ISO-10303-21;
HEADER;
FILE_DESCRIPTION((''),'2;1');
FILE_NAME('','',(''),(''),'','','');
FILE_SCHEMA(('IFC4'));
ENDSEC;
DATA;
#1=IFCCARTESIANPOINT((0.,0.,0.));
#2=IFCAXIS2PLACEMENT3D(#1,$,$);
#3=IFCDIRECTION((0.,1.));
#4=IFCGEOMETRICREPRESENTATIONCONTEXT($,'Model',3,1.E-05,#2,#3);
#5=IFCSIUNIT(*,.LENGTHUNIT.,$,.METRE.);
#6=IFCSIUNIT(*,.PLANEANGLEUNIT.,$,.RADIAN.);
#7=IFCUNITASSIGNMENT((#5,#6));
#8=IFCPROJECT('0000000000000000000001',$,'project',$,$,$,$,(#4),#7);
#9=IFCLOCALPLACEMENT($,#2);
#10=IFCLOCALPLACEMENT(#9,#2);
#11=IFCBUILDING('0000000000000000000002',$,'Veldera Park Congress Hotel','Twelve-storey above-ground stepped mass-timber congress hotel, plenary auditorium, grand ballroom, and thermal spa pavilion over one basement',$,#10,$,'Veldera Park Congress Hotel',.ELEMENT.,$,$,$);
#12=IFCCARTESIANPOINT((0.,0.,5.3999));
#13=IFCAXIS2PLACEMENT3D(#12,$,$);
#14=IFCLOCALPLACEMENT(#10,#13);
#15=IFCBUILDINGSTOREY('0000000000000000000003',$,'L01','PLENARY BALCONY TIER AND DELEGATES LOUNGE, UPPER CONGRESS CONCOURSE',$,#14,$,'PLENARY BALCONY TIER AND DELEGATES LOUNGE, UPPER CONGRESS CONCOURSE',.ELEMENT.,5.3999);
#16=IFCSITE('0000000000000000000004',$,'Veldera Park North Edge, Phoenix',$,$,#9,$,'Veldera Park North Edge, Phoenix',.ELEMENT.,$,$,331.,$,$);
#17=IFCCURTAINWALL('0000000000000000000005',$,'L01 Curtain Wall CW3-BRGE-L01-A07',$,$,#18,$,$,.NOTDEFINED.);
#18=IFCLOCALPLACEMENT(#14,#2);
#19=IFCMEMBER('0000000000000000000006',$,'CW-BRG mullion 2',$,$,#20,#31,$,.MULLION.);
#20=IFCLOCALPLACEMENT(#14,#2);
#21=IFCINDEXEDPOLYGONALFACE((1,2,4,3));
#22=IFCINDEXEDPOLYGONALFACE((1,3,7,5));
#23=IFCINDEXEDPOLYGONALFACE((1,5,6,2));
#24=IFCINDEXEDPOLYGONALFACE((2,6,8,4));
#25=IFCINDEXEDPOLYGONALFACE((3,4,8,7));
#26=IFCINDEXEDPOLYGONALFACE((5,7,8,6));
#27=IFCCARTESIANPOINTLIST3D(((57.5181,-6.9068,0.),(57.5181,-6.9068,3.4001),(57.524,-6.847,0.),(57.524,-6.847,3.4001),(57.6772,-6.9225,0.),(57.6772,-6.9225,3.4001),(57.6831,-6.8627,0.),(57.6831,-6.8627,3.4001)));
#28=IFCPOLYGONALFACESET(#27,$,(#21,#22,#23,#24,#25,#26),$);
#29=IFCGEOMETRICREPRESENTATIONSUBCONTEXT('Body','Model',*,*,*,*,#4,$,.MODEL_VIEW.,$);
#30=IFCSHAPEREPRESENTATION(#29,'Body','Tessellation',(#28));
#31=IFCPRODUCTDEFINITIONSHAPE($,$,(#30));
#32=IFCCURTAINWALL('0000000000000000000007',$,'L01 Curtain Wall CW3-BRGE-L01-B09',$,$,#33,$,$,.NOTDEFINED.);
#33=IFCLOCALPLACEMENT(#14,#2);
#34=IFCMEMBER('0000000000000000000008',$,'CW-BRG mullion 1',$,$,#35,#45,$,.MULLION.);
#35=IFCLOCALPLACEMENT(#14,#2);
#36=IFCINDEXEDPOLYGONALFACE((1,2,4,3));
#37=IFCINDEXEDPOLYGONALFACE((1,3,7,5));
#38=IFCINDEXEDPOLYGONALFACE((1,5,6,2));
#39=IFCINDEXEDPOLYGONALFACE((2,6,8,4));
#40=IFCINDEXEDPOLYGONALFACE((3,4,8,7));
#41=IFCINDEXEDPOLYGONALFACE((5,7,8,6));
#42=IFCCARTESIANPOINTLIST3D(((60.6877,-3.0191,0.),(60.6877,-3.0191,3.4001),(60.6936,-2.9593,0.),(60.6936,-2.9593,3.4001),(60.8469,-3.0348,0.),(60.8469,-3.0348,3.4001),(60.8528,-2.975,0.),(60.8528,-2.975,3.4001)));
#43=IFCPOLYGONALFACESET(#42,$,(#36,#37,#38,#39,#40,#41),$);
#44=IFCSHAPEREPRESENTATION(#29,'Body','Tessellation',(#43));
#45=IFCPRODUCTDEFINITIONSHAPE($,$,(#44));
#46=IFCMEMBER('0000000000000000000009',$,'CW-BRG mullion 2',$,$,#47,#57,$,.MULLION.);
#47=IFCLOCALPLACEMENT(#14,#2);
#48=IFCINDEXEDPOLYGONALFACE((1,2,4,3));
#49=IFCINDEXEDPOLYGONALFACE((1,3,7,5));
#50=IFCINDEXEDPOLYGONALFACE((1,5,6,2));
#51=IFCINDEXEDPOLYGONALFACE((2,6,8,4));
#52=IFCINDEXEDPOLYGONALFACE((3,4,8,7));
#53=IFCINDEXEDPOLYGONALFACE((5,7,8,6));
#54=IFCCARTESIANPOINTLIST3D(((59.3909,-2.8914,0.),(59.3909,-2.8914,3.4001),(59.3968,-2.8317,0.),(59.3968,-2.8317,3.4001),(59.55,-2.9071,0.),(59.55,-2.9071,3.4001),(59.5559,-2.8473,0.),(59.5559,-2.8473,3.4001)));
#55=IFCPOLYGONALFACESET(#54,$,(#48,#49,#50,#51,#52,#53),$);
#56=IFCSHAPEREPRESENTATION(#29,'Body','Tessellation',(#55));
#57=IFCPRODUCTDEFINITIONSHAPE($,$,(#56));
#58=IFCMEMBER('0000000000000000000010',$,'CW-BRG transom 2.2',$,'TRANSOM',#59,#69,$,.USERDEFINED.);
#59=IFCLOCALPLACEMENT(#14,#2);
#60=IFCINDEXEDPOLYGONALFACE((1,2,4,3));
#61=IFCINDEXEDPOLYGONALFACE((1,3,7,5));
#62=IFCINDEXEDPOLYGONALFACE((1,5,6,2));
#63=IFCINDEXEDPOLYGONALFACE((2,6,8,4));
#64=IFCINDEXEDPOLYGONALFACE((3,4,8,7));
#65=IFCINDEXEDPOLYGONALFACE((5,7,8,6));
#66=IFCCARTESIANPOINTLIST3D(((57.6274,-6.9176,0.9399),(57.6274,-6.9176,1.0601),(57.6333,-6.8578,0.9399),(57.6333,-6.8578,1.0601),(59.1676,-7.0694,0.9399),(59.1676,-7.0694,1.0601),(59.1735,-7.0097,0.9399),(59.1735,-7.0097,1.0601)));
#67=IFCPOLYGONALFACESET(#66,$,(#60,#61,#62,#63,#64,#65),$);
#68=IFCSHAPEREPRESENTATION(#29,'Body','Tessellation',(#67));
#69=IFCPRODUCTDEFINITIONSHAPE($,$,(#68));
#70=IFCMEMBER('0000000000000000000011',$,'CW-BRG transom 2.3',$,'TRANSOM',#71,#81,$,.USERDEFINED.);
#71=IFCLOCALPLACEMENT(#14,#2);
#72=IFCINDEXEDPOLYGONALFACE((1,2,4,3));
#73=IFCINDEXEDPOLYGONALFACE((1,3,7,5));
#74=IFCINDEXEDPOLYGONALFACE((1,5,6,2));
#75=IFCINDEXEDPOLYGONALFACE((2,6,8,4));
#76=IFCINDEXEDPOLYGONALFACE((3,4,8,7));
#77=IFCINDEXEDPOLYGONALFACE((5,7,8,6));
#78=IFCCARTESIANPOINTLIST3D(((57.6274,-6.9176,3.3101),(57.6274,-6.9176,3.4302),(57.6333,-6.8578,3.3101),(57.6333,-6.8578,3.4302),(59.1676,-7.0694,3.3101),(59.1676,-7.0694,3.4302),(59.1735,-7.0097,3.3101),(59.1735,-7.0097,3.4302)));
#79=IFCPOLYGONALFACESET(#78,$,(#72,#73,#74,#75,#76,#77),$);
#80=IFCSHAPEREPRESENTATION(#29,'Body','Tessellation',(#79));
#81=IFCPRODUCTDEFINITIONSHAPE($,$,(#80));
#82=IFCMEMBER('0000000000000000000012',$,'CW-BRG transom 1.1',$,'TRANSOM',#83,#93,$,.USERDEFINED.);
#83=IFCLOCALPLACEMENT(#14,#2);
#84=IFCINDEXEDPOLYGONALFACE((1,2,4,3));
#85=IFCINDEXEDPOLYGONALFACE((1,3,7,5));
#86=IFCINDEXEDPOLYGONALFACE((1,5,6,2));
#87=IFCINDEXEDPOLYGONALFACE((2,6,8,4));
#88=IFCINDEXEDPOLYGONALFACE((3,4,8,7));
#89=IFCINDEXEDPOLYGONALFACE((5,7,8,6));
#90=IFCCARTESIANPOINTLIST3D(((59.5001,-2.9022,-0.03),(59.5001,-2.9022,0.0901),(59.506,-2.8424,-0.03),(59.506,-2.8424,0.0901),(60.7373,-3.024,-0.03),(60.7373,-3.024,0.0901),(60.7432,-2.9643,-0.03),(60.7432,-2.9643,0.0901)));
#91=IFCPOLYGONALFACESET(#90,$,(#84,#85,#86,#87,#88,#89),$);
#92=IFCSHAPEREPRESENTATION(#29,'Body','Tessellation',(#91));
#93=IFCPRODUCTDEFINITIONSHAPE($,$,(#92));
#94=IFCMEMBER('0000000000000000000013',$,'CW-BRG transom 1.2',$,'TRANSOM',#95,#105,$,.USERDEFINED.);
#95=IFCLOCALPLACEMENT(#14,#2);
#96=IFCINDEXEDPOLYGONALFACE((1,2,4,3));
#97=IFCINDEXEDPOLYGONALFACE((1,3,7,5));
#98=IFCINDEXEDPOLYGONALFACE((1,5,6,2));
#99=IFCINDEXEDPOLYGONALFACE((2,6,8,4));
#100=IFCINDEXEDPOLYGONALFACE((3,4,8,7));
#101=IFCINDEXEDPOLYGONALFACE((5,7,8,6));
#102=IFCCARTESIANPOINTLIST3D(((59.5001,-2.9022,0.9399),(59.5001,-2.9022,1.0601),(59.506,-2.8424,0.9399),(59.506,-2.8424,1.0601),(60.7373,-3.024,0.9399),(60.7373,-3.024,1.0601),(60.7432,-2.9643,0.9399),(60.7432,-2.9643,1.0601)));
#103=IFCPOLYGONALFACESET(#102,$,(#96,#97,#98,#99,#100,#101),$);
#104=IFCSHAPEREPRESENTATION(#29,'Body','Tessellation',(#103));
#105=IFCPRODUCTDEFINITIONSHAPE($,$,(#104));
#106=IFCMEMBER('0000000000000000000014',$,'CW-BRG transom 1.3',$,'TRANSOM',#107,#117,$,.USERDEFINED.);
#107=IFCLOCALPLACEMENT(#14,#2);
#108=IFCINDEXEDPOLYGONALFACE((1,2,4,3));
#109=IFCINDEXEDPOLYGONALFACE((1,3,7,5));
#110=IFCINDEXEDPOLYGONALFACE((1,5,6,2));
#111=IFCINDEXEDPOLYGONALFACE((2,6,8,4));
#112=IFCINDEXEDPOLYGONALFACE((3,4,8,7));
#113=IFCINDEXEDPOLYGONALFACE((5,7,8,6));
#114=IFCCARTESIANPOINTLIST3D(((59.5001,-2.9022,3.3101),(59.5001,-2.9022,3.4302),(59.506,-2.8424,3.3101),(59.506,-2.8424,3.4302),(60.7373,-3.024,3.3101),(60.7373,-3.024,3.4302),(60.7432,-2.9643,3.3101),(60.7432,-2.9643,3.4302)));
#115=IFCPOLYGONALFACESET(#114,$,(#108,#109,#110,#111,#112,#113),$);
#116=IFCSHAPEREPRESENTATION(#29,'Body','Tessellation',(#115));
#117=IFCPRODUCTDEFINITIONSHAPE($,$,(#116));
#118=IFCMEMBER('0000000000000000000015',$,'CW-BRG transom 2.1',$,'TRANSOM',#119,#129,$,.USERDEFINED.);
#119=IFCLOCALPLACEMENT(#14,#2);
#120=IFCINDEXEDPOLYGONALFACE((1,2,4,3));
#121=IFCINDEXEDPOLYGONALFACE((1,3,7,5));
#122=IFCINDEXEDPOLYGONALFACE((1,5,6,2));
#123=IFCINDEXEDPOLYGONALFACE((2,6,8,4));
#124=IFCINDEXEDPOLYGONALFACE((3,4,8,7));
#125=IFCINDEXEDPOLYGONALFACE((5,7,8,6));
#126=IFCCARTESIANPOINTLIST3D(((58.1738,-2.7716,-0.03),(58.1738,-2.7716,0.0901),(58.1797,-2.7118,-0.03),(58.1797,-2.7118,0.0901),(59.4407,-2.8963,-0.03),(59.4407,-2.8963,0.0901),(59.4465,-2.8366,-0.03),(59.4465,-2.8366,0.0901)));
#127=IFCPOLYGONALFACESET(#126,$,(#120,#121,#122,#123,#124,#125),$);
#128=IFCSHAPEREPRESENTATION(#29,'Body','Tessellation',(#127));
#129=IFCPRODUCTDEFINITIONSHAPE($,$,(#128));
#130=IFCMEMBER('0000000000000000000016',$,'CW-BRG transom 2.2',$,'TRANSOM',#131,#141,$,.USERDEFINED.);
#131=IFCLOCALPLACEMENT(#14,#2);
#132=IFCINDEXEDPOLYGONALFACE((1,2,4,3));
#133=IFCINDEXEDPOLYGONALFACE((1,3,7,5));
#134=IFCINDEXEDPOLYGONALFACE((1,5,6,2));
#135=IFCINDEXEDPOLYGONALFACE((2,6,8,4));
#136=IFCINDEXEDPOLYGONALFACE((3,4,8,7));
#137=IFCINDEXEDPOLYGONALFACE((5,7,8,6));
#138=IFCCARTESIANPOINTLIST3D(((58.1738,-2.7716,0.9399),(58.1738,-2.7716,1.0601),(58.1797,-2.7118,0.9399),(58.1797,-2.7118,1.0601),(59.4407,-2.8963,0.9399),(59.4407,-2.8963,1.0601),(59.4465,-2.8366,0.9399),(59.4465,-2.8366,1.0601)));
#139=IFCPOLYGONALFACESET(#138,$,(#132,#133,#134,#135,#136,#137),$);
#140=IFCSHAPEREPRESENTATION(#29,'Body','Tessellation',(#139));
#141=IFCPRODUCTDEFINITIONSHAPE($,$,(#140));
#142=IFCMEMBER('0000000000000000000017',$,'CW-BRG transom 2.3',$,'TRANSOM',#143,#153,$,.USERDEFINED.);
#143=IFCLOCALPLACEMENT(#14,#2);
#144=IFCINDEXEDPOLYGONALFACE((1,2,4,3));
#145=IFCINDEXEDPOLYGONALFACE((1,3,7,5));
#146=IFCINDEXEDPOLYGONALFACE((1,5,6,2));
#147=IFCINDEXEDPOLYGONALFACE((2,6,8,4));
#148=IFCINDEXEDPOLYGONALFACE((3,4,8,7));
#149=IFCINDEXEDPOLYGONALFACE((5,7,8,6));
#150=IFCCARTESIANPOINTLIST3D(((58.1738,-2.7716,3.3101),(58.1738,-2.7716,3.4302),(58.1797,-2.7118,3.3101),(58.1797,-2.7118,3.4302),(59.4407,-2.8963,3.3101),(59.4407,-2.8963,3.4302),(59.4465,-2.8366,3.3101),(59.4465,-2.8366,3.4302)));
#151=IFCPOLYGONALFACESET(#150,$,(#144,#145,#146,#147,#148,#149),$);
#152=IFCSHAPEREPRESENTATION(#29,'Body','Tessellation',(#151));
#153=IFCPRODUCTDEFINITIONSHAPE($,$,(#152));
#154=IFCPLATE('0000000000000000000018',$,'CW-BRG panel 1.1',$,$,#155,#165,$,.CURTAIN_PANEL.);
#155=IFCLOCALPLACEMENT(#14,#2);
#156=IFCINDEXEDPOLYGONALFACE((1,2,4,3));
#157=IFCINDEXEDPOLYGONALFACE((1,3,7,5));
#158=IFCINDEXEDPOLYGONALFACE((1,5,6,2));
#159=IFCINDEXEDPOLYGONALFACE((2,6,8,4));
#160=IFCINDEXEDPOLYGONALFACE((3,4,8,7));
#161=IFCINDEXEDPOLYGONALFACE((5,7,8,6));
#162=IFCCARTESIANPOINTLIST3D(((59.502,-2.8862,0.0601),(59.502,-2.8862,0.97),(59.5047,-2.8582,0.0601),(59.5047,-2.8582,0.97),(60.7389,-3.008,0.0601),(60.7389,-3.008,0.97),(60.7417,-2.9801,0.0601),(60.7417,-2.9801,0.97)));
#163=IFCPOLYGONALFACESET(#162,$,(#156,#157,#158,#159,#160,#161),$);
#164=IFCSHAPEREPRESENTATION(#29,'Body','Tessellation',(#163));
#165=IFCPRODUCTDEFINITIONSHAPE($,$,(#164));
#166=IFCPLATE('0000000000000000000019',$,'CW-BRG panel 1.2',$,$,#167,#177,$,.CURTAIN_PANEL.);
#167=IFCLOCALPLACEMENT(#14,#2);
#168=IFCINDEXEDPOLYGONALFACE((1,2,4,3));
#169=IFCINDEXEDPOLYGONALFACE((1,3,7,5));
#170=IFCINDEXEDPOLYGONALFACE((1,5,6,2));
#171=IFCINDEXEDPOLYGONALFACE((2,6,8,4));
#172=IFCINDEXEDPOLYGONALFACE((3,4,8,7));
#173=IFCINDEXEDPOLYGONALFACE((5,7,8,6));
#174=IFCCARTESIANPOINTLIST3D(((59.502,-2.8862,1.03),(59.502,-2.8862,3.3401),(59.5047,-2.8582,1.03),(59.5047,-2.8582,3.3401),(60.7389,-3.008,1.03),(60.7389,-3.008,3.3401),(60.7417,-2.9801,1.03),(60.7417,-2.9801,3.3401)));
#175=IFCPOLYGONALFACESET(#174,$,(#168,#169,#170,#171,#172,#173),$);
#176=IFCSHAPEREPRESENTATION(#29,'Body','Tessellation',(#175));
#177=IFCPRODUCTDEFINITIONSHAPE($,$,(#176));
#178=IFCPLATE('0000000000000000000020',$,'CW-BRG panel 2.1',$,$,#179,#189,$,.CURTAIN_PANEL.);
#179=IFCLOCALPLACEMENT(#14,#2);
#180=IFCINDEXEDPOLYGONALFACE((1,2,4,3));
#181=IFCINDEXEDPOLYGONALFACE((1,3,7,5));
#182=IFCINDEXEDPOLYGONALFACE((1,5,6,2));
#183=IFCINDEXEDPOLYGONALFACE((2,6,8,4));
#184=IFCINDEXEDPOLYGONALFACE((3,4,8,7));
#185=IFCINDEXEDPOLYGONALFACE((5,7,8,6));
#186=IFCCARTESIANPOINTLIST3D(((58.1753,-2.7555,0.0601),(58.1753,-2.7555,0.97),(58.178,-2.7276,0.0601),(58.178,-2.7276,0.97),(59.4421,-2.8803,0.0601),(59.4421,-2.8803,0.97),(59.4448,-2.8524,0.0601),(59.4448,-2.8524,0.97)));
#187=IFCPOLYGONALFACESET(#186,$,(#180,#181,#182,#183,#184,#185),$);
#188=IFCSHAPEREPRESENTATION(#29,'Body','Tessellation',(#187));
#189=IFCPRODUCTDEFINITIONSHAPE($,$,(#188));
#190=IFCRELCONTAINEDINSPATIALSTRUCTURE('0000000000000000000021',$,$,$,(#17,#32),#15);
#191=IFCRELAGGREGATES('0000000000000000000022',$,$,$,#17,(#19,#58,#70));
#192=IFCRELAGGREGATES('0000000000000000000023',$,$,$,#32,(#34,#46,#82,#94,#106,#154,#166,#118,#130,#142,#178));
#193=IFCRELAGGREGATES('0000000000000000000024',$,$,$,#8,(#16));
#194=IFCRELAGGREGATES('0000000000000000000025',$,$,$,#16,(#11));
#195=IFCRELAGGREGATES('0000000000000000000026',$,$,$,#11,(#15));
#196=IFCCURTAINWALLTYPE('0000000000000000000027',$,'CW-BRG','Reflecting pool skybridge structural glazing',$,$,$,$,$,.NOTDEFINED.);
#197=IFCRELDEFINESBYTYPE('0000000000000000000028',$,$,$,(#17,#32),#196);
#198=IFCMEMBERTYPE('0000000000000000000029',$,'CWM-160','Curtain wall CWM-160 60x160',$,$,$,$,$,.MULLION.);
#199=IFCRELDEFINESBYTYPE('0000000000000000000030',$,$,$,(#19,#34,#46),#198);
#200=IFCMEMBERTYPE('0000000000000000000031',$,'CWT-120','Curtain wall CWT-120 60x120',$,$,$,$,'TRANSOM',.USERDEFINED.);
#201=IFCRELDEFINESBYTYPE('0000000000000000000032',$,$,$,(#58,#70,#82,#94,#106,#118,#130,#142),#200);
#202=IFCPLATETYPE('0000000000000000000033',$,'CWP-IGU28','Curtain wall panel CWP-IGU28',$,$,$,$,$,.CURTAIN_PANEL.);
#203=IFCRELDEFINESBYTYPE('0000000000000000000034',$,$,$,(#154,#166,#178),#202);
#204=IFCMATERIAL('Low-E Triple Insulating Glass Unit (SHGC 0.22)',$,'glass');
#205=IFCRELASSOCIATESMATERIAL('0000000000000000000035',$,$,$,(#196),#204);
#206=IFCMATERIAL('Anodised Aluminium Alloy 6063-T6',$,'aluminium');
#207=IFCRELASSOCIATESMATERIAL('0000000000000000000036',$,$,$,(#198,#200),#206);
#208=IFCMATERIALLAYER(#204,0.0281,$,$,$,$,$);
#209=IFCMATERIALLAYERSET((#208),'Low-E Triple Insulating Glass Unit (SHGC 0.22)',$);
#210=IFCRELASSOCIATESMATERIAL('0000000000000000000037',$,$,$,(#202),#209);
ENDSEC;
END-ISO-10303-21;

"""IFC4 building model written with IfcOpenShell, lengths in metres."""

from ifc_helpers import new_model, si_unit, direction, frame, origin, origin_2d, place, context, subcontext, project, spatial, rectangle, extrude, material, layer, layer_set, material_profile, profile_set, type_object, element, aggregate, save


model = new_model("IFC4")

# Units and contexts
model_context = context("Model", 3, precision=1e-05, world=origin(), true_north=direction((0.0, 1.0)))
body_context = subcontext(model_context, "Body", "Model", "MODEL_VIEW")
ifc_project = project(units=[si_unit("LENGTHUNIT", "METRE"), si_unit("PLANEANGLEUNIT", "RADIAN")], contexts=[model_context])

# Site, building, storey
site_placement = place(None, origin())
site = spatial("IfcSite", under=ifc_project, at=site_placement, Name="Veldera Park North Edge, Phoenix", LongName="Veldera Park North Edge, Phoenix", CompositionType="ELEMENT", RefElevation=331.0)
building_placement = place(site_placement, origin())
building = spatial("IfcBuilding", under=site, at=building_placement, Name="Veldera Park Congress Hotel", Description="Twelve-storey above-ground stepped mass-timber congress hotel, plenary auditorium, grand ballroom, and thermal spa pavilion over one basement", LongName="Veldera Park Congress Hotel", CompositionType="ELEMENT")
storey_placement = place(building_placement, frame((0.0, 0.0, 5.3999)))
storey = spatial("IfcBuildingStorey", under=building, at=storey_placement, Name="L01", Description="PLENARY BALCONY TIER AND DELEGATES LOUNGE, UPPER CONGRESS CONCOURSE", LongName="PLENARY BALCONY TIER AND DELEGATES LOUNGE, UPPER CONGRESS CONCOURSE", CompositionType="ELEMENT", Elevation=5.3999)

# Curtain wall, member
ifc_material_1 = material(Name="Low-E Triple Insulating Glass Unit (SHGC 0.22)", Category="glass")
curtain_wall_type = type_object("IfcCurtainWallType", Name="CW-BRG", Description="Reflecting pool skybridge structural glazing", PredefinedType="NOTDEFINED", material=ifc_material_1)
curtain_wall_1_placement = place(storey_placement, origin())
curtain_wall_1 = element("IfcCurtainWall", 1, at=curtain_wall_1_placement, inside=storey, type_object=curtain_wall_type, Name="L01 Curtain Wall CW3-BRGE-L01-A07", PredefinedType="NOTDEFINED")
ifc_material_2 = material(Name="Anodised Aluminium Alloy 6063-T6", Category="aluminium")
ifc_material_profile_1 = material_profile(ifc_material_2, rectangle(XDim=0.0601, YDim=0.1599, at=origin_2d()), Name="ALU 60x160")
ifc_profile_set_1 = profile_set([ifc_material_profile_1], Name="Anodised Aluminium Alloy 6063-T6")
member_type_1 = type_object("IfcMemberType", Name="CWM-160", Description="Curtain wall CWM-160 60x160", PredefinedType="MULLION", material=ifc_profile_set_1)
member_1_placement = place(storey_placement, frame((57.6006, -6.8848, 0.0), z_axis=(0.0, 0.0, 1.0), x_axis=(0.098021, 0.995184, 0.0)))
member_1 = element("IfcMember", 2, at=member_1_placement, type_object=member_type_1, Name="CW-BRG mullion 2", PredefinedType="MULLION", context=body_context, shape_type="SweptSolid", body=[
    extrude(rectangle(XDim=0.0601, YDim=0.1599, at=origin_2d()), origin(), (0.0, 0.0, 1.0), 3.4001),
])

# Curtain wall, members
curtain_wall_2_placement = place(storey_placement, origin())
curtain_wall_2 = element("IfcCurtainWall", 3, at=curtain_wall_2_placement, inside=storey, type_object=curtain_wall_type, Name="L01 Curtain Wall CW3-BRGE-L01-B09", PredefinedType="NOTDEFINED")
member_2_placement = place(storey_placement, frame((60.7703, -2.9971, 0.0), z_axis=(0.0, 0.0, 1.0), x_axis=(-0.098023, -0.995184, 0.0)))
member_2 = element("IfcMember", 4, at=member_2_placement, type_object=member_type_1, Name="CW-BRG mullion 1", PredefinedType="MULLION", context=body_context, shape_type="SweptSolid", body=[
    extrude(rectangle(XDim=0.0601, YDim=0.1599, at=origin_2d()), origin(), (0.0, 0.0, 1.0), 3.4001),
])
member_3_placement = place(storey_placement, frame((59.4734, -2.8694, 0.0), z_axis=(0.0, 0.0, 1.0), x_axis=(-0.098023, -0.995184, 0.0)))
member_3 = element("IfcMember", 5, at=member_3_placement, type_object=member_type_1, Name="CW-BRG mullion 2", PredefinedType="MULLION", context=body_context, shape_type="SweptSolid", body=[
    extrude(rectangle(XDim=0.0601, YDim=0.1599, at=origin_2d()), origin(), (0.0, 0.0, 1.0), 3.4001),
])

# Members
ifc_material_profile_2 = material_profile(ifc_material_2, rectangle(XDim=0.0601, YDim=0.1201, at=origin_2d()), Name="ALU 60x120")
ifc_profile_set_2 = profile_set([ifc_material_profile_2], Name="Anodised Aluminium Alloy 6063-T6")
member_type_2 = type_object("IfcMemberType", Name="CWT-120", Description="Curtain wall CWT-120 60x120", ElementType="TRANSOM", PredefinedType="USERDEFINED", material=ifc_profile_set_2)
member_4_placement = place(storey_placement, frame((57.6304, -6.8877, 1.0), z_axis=(0.995174, -0.098129, 0.0), x_axis=(0.098129, 0.995174, 0.0)))
member_4 = element("IfcMember", 6, at=member_4_placement, type_object=member_type_2, Name="CW-BRG transom 2.2", ObjectType="TRANSOM", PredefinedType="USERDEFINED", context=body_context, shape_type="SweptSolid", body=[
    extrude(rectangle(XDim=0.0601, YDim=0.1201, at=origin_2d()), origin(), (0.0, 0.0, 1.0), 1.5476),
])
member_5_placement = place(storey_placement, frame((57.6304, -6.8877, 3.3701), z_axis=(0.995174, -0.098129, 0.0), x_axis=(0.098129, 0.995174, 0.0)))
member_5 = element("IfcMember", 7, at=member_5_placement, type_object=member_type_2, Name="CW-BRG transom 2.3", ObjectType="TRANSOM", PredefinedType="USERDEFINED", context=body_context, shape_type="SweptSolid", body=[
    extrude(rectangle(XDim=0.0601, YDim=0.1201, at=origin_2d()), origin(), (0.0, 0.0, 1.0), 1.5476),
])
aggregate(curtain_wall_1, [member_1, member_4, member_5])
member_6_placement = place(storey_placement, frame((60.7402, -2.9941, 0.03), z_axis=(-0.995186, 0.098006, 0.0), x_axis=(-0.098006, -0.995186, 0.0)))
member_6 = element("IfcMember", 8, at=member_6_placement, type_object=member_type_2, Name="CW-BRG transom 1.1", ObjectType="TRANSOM", PredefinedType="USERDEFINED", context=body_context, shape_type="SweptSolid", body=[
    extrude(rectangle(XDim=0.0601, YDim=0.1201, at=origin_2d()), origin(), (0.0, 0.0, 1.0), 1.2432),
])
member_7_placement = place(storey_placement, frame((60.7402, -2.9941, 1.0), z_axis=(-0.995186, 0.098006, 0.0), x_axis=(-0.098006, -0.995186, 0.0)))
member_7 = element("IfcMember", 9, at=member_7_placement, type_object=member_type_2, Name="CW-BRG transom 1.2", ObjectType="TRANSOM", PredefinedType="USERDEFINED", context=body_context, shape_type="SweptSolid", body=[
    extrude(rectangle(XDim=0.0601, YDim=0.1201, at=origin_2d()), origin(), (0.0, 0.0, 1.0), 1.2432),
])
member_8_placement = place(storey_placement, frame((60.7402, -2.9941, 3.3701), z_axis=(-0.995186, 0.098006, 0.0), x_axis=(-0.098006, -0.995186, 0.0)))
member_8 = element("IfcMember", 10, at=member_8_placement, type_object=member_type_2, Name="CW-BRG transom 1.3", ObjectType="TRANSOM", PredefinedType="USERDEFINED", context=body_context, shape_type="SweptSolid", body=[
    extrude(rectangle(XDim=0.0601, YDim=0.1201, at=origin_2d()), origin(), (0.0, 0.0, 1.0), 1.2432),
])
member_9_placement = place(storey_placement, frame((59.4436, -2.8665, 0.03), z_axis=(-0.995186, 0.098003, 0.0), x_axis=(-0.098003, -0.995186, 0.0)))
member_9 = element("IfcMember", 11, at=member_9_placement, type_object=member_type_2, Name="CW-BRG transom 2.1", ObjectType="TRANSOM", PredefinedType="USERDEFINED", context=body_context, shape_type="SweptSolid", body=[
    extrude(rectangle(XDim=0.0601, YDim=0.1201, at=origin_2d()), origin(), (0.0, 0.0, 1.0), 1.2729),
])
member_10_placement = place(storey_placement, frame((59.4436, -2.8665, 1.0), z_axis=(-0.995186, 0.098003, 0.0), x_axis=(-0.098003, -0.995186, 0.0)))
member_10 = element("IfcMember", 12, at=member_10_placement, type_object=member_type_2, Name="CW-BRG transom 2.2", ObjectType="TRANSOM", PredefinedType="USERDEFINED", context=body_context, shape_type="SweptSolid", body=[
    extrude(rectangle(XDim=0.0601, YDim=0.1201, at=origin_2d()), origin(), (0.0, 0.0, 1.0), 1.2729),
])
member_11_placement = place(storey_placement, frame((59.4436, -2.8665, 3.3701), z_axis=(-0.995186, 0.098003, 0.0), x_axis=(-0.098003, -0.995186, 0.0)))
member_11 = element("IfcMember", 13, at=member_11_placement, type_object=member_type_2, Name="CW-BRG transom 2.3", ObjectType="TRANSOM", PredefinedType="USERDEFINED", context=body_context, shape_type="SweptSolid", body=[
    extrude(rectangle(XDim=0.0601, YDim=0.1201, at=origin_2d()), origin(), (0.0, 0.0, 1.0), 1.2729),
])

# Plates
ifc_layer = layer(ifc_material_1, 0.0281)
ifc_layer_set = layer_set([ifc_layer], Name="Low-E Triple Insulating Glass Unit (SHGC 0.22)")
plate_type = type_object("IfcPlateType", Name="CWP-IGU28", Description="Curtain wall panel CWP-IGU28", PredefinedType="CURTAIN_PANEL", material=ifc_layer_set)
plate_1_placement = place(storey_placement, frame((60.1218, -2.9331, 0.0601), z_axis=(0.0, 0.0, 1.0), x_axis=(-0.995184, 0.098023, 0.0)))
plate_1 = element("IfcPlate", 14, at=plate_1_placement, type_object=plate_type, Name="CW-BRG panel 1.1", PredefinedType="CURTAIN_PANEL", context=body_context, shape_type="SweptSolid", body=[
    extrude(rectangle(XDim=1.2429, YDim=0.0281, at=origin_2d()), origin(), (0.0, 0.0, 1.0), 0.9099),
])
plate_2_placement = place(storey_placement, frame((60.1218, -2.9331, 1.03), z_axis=(0.0, 0.0, 1.0), x_axis=(-0.995184, 0.098023, 0.0)))
plate_2 = element("IfcPlate", 15, at=plate_2_placement, type_object=plate_type, Name="CW-BRG panel 1.2", PredefinedType="CURTAIN_PANEL", context=body_context, shape_type="SweptSolid", body=[
    extrude(rectangle(XDim=1.2429, YDim=0.0281, at=origin_2d()), origin(), (0.0, 0.0, 1.0), 2.3101),
])
plate_3_placement = place(storey_placement, frame((58.8101, -2.804, 0.0601), z_axis=(0.0, 0.0, 1.0), x_axis=(-0.995184, 0.098023, 0.0)))
plate_3 = element("IfcPlate", 16, at=plate_3_placement, type_object=plate_type, Name="CW-BRG panel 2.1", PredefinedType="CURTAIN_PANEL", context=body_context, shape_type="SweptSolid", body=[
    extrude(rectangle(XDim=1.2729, YDim=0.0281, at=origin_2d()), origin(), (0.0, 0.0, 1.0), 0.9099),
])
aggregate(curtain_wall_2, [member_2, member_3, member_6, member_7, member_8, plate_1, plate_2, member_9, member_10, member_11, plate_3])

save(model, "model.ifc")
